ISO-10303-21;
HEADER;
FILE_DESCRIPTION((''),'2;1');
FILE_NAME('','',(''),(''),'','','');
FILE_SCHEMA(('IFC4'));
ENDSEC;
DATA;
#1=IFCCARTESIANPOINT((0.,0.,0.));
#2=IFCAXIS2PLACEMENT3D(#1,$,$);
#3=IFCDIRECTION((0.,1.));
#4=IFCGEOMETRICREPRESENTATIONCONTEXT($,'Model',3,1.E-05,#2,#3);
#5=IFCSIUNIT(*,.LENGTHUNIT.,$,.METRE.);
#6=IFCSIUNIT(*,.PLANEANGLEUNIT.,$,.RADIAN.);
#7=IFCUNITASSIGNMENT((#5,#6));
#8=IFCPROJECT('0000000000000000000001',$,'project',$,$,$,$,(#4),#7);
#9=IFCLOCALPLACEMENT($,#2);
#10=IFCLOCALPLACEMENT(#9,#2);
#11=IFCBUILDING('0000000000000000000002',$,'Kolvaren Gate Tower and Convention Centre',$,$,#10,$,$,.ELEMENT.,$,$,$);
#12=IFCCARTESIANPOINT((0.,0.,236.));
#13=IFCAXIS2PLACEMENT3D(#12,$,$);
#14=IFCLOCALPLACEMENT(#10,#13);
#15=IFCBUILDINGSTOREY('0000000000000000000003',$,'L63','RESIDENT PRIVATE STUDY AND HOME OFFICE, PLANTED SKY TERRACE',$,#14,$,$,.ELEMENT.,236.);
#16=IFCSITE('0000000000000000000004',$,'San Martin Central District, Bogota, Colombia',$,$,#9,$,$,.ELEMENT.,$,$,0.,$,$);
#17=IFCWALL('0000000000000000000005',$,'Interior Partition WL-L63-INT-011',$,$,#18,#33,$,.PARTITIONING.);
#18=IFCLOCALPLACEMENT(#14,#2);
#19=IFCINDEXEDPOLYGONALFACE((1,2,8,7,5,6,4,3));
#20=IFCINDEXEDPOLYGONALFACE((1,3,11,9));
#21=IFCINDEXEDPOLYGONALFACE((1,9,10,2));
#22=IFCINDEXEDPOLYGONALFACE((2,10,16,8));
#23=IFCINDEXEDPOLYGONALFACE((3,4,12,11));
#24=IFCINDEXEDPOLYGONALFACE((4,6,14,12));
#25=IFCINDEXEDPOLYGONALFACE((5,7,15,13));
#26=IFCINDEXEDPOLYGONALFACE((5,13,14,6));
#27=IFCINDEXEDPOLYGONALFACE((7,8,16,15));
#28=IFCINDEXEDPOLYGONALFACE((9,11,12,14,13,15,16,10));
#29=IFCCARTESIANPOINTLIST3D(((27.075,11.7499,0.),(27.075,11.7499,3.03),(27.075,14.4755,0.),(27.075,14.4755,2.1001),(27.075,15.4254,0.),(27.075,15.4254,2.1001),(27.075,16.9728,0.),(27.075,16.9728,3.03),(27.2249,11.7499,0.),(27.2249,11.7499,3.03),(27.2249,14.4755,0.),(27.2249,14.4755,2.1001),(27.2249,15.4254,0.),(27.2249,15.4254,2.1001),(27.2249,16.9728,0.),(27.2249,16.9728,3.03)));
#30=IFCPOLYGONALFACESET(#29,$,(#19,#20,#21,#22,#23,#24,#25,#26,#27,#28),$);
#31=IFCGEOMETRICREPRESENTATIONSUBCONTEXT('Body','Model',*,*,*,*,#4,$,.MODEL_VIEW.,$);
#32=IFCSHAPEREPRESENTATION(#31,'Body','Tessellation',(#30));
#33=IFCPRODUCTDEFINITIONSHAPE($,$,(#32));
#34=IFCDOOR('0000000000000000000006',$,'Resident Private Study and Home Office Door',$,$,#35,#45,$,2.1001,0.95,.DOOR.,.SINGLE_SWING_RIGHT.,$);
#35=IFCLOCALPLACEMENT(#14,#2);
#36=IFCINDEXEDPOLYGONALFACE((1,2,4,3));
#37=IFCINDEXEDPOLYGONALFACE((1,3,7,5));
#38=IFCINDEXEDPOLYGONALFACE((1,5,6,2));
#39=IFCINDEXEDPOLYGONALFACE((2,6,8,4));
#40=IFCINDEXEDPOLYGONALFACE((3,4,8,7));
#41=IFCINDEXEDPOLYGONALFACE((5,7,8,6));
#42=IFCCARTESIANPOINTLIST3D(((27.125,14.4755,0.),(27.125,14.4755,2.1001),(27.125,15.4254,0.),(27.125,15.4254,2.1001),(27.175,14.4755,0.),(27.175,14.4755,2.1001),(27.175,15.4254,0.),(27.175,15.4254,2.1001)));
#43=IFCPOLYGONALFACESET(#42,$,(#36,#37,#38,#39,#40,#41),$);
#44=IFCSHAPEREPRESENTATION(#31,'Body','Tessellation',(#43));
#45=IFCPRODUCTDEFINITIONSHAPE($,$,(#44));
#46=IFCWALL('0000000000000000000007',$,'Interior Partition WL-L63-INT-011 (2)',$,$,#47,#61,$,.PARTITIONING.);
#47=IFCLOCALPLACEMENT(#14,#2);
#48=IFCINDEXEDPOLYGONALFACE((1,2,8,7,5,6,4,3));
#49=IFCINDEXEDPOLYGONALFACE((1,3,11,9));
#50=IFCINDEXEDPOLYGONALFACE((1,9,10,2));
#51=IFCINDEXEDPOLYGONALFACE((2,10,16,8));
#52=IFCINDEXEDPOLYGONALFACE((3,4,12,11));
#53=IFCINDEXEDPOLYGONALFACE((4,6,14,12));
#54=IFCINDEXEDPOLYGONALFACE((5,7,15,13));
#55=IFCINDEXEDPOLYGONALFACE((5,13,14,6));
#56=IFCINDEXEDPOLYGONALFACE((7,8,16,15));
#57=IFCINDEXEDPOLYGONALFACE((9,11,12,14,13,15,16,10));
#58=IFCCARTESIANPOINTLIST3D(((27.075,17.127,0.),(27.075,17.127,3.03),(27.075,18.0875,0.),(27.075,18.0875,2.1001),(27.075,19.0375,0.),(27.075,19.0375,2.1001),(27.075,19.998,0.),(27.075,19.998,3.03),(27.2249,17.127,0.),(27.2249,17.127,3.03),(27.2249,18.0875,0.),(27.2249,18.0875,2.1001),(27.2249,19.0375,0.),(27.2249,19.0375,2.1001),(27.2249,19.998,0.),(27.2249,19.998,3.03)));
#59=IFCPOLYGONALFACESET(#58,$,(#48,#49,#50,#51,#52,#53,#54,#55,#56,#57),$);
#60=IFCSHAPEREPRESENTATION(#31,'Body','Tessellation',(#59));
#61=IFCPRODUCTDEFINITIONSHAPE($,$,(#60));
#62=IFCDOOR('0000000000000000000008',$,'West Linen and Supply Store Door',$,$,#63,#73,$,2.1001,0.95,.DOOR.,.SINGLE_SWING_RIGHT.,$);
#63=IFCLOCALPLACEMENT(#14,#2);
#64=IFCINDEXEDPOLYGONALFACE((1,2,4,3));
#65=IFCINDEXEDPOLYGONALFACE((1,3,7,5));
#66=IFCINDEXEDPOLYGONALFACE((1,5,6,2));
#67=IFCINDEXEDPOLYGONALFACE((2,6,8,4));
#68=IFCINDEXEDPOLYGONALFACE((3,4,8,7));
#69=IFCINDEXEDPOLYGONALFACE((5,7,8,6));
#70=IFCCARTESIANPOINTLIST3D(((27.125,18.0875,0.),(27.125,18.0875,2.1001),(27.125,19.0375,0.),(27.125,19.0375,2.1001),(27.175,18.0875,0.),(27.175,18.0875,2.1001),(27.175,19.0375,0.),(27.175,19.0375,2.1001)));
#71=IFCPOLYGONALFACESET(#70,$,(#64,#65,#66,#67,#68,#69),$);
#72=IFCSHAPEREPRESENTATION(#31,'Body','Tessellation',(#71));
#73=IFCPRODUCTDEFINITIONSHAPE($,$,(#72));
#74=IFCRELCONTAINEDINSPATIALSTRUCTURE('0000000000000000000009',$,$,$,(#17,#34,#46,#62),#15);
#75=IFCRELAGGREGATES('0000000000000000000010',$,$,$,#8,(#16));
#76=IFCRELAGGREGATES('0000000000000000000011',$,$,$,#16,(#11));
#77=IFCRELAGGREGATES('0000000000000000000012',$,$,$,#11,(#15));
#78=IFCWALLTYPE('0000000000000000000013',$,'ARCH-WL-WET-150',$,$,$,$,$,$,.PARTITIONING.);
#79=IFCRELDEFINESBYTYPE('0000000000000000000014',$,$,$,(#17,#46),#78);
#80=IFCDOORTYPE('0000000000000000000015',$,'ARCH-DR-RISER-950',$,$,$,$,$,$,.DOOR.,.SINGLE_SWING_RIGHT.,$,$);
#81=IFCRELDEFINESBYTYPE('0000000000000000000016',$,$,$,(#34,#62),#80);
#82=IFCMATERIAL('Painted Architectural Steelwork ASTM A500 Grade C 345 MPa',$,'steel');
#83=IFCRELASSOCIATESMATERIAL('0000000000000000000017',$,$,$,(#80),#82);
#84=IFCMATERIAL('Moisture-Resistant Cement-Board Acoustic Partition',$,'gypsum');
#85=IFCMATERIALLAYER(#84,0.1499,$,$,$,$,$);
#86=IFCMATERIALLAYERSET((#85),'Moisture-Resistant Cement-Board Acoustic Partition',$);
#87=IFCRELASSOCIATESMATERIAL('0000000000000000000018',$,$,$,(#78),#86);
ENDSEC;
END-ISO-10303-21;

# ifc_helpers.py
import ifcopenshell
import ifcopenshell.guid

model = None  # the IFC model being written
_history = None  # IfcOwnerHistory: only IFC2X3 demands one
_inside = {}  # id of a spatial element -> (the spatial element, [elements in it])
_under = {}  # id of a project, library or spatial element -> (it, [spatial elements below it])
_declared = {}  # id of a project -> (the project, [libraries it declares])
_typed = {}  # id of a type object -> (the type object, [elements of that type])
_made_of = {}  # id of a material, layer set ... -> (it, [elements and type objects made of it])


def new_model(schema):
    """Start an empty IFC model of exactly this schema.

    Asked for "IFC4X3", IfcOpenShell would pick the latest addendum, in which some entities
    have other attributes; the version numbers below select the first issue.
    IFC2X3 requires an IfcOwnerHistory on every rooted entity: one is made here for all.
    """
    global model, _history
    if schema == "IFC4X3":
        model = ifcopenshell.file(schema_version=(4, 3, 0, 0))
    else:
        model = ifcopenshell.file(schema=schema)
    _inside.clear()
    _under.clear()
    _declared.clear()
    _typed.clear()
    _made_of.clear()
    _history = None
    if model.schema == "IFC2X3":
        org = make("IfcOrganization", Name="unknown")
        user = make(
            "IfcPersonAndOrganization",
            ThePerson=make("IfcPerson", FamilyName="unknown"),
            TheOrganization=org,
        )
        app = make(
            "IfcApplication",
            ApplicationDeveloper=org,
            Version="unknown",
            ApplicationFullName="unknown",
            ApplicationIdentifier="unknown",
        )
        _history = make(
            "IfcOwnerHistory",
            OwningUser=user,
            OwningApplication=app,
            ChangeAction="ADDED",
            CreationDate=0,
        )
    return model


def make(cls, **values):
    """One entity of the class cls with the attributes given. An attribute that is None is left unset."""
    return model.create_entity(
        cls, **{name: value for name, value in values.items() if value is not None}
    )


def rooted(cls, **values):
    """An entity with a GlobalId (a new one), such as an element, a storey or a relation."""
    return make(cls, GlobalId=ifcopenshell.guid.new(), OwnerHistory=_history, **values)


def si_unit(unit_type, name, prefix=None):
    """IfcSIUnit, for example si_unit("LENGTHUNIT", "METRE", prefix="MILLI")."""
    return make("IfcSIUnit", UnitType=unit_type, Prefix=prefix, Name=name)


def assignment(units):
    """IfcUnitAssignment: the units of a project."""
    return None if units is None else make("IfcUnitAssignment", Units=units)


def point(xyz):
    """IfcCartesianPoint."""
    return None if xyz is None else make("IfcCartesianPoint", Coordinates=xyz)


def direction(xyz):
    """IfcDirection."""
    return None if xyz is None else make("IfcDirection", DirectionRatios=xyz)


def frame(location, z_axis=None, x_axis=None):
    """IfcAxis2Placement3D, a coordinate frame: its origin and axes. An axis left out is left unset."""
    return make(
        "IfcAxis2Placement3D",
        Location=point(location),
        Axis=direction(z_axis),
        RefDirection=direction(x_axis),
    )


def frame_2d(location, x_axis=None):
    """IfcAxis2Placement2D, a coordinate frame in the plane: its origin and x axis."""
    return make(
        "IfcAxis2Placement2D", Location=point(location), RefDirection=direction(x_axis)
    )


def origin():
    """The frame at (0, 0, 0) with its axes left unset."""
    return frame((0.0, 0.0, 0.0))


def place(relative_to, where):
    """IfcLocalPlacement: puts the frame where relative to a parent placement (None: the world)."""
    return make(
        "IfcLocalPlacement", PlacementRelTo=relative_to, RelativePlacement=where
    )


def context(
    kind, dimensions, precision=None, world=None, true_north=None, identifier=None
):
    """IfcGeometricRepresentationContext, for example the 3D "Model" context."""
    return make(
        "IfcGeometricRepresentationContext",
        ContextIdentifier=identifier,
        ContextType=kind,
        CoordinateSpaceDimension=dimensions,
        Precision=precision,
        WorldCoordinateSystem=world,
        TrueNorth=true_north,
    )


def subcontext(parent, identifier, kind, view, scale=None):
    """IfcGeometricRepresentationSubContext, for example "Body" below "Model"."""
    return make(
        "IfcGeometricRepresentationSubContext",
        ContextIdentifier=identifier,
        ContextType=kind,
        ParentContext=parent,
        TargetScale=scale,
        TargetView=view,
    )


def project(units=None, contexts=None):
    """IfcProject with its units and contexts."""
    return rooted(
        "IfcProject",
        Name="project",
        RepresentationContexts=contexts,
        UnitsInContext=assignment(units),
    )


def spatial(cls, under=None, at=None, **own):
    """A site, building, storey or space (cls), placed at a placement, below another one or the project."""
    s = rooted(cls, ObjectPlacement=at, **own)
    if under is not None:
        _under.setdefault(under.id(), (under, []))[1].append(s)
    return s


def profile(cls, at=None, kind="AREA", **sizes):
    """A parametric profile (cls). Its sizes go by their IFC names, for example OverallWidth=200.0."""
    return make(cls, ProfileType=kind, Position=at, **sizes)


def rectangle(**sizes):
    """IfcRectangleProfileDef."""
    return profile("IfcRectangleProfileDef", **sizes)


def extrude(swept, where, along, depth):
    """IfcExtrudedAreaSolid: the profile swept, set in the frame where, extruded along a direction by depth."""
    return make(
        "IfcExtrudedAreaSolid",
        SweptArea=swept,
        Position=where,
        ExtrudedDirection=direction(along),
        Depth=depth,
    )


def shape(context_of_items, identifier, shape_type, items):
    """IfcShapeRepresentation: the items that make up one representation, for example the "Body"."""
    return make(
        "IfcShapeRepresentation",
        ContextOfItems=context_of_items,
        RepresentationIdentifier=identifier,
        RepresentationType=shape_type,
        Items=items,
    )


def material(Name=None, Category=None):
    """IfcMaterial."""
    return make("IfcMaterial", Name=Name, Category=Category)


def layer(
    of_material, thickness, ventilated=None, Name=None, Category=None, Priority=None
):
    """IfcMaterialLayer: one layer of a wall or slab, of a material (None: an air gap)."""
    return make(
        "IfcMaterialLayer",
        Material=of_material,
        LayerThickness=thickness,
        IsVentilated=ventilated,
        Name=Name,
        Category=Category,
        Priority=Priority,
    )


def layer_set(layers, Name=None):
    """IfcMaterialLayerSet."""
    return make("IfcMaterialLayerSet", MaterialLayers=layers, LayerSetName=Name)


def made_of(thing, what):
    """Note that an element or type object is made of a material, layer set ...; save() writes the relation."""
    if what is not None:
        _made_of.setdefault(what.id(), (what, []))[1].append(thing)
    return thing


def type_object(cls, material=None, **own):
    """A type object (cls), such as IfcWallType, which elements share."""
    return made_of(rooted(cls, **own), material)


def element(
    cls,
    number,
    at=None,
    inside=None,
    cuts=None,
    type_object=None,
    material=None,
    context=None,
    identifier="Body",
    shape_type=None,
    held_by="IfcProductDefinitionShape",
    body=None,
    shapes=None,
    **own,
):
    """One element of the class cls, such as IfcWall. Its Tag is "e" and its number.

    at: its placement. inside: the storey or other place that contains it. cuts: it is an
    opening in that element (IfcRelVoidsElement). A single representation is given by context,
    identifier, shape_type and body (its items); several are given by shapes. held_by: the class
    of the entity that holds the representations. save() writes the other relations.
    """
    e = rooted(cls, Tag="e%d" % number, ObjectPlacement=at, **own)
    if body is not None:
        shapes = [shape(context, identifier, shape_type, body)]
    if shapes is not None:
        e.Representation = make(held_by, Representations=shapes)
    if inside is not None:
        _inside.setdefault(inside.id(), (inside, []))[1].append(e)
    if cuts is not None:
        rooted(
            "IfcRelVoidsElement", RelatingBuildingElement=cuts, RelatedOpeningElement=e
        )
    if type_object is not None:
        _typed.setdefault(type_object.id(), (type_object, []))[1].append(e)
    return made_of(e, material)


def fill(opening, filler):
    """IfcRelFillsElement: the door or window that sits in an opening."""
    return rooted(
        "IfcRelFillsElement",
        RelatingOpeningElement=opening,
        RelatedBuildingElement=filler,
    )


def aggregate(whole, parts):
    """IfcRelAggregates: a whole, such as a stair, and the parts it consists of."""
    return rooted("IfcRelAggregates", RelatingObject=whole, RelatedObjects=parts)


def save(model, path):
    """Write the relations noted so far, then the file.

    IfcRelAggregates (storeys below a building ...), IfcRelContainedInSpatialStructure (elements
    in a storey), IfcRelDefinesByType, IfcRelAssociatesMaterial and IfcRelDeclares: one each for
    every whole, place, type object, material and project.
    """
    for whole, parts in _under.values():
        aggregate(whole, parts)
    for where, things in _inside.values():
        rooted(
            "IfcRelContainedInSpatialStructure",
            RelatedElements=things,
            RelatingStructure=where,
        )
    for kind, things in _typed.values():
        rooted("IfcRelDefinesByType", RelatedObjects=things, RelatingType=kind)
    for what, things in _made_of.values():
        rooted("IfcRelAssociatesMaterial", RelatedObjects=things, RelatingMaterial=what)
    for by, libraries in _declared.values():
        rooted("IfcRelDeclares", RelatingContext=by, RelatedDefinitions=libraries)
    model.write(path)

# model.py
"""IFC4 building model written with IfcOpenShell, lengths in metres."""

from ifc_helpers import new_model, si_unit, direction, frame, frame_2d, origin, place, context, subcontext, project, spatial, rectangle, extrude, material, layer, layer_set, type_object, element, fill, save


model = new_model("IFC4")

# Units and contexts
model_context = context("Model", 3, precision=1e-05, world=origin(), true_north=direction((0.0, 1.0)))
body_context = subcontext(model_context, "Body", "Model", "MODEL_VIEW")
ifc_project = project(units=[si_unit("LENGTHUNIT", "METRE"), si_unit("PLANEANGLEUNIT", "RADIAN")], contexts=[model_context])

# Site, building, storey
site_placement = place(None, origin())
site = spatial("IfcSite", under=ifc_project, at=site_placement, Name="San Martin Central District, Bogota, Colombia", CompositionType="ELEMENT", RefElevation=0.0)
building_placement = place(site_placement, origin())
building = spatial("IfcBuilding", under=site, at=building_placement, Name="Kolvaren Gate Tower and Convention Centre", CompositionType="ELEMENT")
storey_placement = place(building_placement, frame((0.0, 0.0, 236.0)))
storey = spatial("IfcBuildingStorey", under=building, at=storey_placement, Name="L63", Description="RESIDENT PRIVATE STUDY AND HOME OFFICE, PLANTED SKY TERRACE", CompositionType="ELEMENT", Elevation=236.0)

# Shared definitions
ifc_material_1 = material(Name="Painted Architectural Steelwork ASTM A500 Grade C 345 MPa", Category="steel")
door_type_1 = type_object("IfcDoorType", Name="ARCH-DR-RISER-950", OperationType="SINGLE_SWING_RIGHT", PredefinedType="DOOR", material=ifc_material_1)

# Shared definitions
ifc_material_2 = material(Name="Moisture-Resistant Cement-Board Acoustic Partition", Category="gypsum")
ifc_layer_1 = layer(ifc_material_2, 0.1499)
ifc_layer_set_1 = layer_set([ifc_layer_1], Name="Moisture-Resistant Cement-Board Acoustic Partition")
wall_type_1 = type_object("IfcWallType", Name="ARCH-WL-WET-150", PredefinedType="PARTITIONING", material=ifc_layer_set_1)

# Walls, openings, doors
wall_1_placement = place(storey_placement, frame((27.1499, 11.75, 0.0), z_axis=(0.0, 0.0, 1.0), x_axis=(0.0, 1.0, 0.0)))
wall_1 = element("IfcWall", 1, at=wall_1_placement, inside=storey, type_object=wall_type_1, Name="Interior Partition WL-L63-INT-011", PredefinedType="PARTITIONING", context=body_context, shape_type="SweptSolid", body=[
    extrude(rectangle(XDim=5.2229, YDim=0.1499, at=frame_2d((2.6113, 0.0))), origin(), (0.0, 0.0, 1.0), 3.03),
])
opening_1_placement = place(wall_1_placement, frame((2.7253, 0.0, 0.0)))
opening_1 = element("IfcOpeningElement", 2, at=opening_1_placement, cuts=wall_1, PredefinedType="OPENING", context=body_context, shape_type="SweptSolid", body=[
    extrude(rectangle(XDim=0.95, YDim=2.1001, at=frame_2d((0.4751, 1.05))), frame((0.0, 0.085, 0.0), z_axis=(0.0, -1.0, 0.0), x_axis=(1.0, 0.0, 0.0)), (0.0, 0.0, 1.0), 0.1699),
])
door_1_placement = place(opening_1_placement, origin())
door_1 = element("IfcDoor", 3, at=door_1_placement, inside=storey, type_object=door_type_1, Name="Resident Private Study and Home Office Door", OperationType="SINGLE_SWING_RIGHT", OverallHeight=2.1001, OverallWidth=0.95, PredefinedType="DOOR", context=body_context, shape_type="SweptSolid", body=[
    extrude(rectangle(XDim=0.95, YDim=2.1001, at=frame_2d((0.4751, 1.05))), frame((0.0, 0.0249, 0.0), z_axis=(0.0, -1.0, 0.0), x_axis=(1.0, 0.0, 0.0)), (0.0, 0.0, 1.0), 0.05),
])
fill(opening_1, door_1)
wall_2_placement = place(storey_placement, frame((27.1499, 17.127, 0.0), z_axis=(0.0, 0.0, 1.0), x_axis=(0.0, 1.0, 0.0)))
wall_2 = element("IfcWall", 4, at=wall_2_placement, inside=storey, type_object=wall_type_1, Name="Interior Partition WL-L63-INT-011 (2)", PredefinedType="PARTITIONING", context=body_context, shape_type="SweptSolid", body=[
    extrude(rectangle(XDim=2.8711, YDim=0.1499, at=frame_2d((1.4355, 0.0))), origin(), (0.0, 0.0, 1.0), 3.03),
])
opening_2_placement = place(wall_2_placement, frame((0.9604, 0.0, 0.0)))
opening_2 = element("IfcOpeningElement", 5, at=opening_2_placement, cuts=wall_2, PredefinedType="OPENING", context=body_context, shape_type="SweptSolid", body=[
    extrude(rectangle(XDim=0.95, YDim=2.1001, at=frame_2d((0.4751, 1.05))), frame((0.0, 0.085, 0.0), z_axis=(0.0, -1.0, 0.0), x_axis=(1.0, 0.0, 0.0)), (0.0, 0.0, 1.0), 0.1699),
])
door_2_placement = place(opening_2_placement, origin())
door_2 = element("IfcDoor", 6, at=door_2_placement, inside=storey, type_object=door_type_1, Name="West Linen and Supply Store Door", OperationType="SINGLE_SWING_RIGHT", OverallHeight=2.1001, OverallWidth=0.95, PredefinedType="DOOR", context=body_context, shape_type="SweptSolid", body=[
    extrude(rectangle(XDim=0.95, YDim=2.1001, at=frame_2d((0.4751, 1.05))), frame((0.0, 0.0249, 0.0), z_axis=(0.0, -1.0, 0.0), x_axis=(1.0, 0.0, 0.0)), (0.0, 0.0, 1.0), 0.05),
])
fill(opening_2, door_2)

save(model, "model.ifc")
